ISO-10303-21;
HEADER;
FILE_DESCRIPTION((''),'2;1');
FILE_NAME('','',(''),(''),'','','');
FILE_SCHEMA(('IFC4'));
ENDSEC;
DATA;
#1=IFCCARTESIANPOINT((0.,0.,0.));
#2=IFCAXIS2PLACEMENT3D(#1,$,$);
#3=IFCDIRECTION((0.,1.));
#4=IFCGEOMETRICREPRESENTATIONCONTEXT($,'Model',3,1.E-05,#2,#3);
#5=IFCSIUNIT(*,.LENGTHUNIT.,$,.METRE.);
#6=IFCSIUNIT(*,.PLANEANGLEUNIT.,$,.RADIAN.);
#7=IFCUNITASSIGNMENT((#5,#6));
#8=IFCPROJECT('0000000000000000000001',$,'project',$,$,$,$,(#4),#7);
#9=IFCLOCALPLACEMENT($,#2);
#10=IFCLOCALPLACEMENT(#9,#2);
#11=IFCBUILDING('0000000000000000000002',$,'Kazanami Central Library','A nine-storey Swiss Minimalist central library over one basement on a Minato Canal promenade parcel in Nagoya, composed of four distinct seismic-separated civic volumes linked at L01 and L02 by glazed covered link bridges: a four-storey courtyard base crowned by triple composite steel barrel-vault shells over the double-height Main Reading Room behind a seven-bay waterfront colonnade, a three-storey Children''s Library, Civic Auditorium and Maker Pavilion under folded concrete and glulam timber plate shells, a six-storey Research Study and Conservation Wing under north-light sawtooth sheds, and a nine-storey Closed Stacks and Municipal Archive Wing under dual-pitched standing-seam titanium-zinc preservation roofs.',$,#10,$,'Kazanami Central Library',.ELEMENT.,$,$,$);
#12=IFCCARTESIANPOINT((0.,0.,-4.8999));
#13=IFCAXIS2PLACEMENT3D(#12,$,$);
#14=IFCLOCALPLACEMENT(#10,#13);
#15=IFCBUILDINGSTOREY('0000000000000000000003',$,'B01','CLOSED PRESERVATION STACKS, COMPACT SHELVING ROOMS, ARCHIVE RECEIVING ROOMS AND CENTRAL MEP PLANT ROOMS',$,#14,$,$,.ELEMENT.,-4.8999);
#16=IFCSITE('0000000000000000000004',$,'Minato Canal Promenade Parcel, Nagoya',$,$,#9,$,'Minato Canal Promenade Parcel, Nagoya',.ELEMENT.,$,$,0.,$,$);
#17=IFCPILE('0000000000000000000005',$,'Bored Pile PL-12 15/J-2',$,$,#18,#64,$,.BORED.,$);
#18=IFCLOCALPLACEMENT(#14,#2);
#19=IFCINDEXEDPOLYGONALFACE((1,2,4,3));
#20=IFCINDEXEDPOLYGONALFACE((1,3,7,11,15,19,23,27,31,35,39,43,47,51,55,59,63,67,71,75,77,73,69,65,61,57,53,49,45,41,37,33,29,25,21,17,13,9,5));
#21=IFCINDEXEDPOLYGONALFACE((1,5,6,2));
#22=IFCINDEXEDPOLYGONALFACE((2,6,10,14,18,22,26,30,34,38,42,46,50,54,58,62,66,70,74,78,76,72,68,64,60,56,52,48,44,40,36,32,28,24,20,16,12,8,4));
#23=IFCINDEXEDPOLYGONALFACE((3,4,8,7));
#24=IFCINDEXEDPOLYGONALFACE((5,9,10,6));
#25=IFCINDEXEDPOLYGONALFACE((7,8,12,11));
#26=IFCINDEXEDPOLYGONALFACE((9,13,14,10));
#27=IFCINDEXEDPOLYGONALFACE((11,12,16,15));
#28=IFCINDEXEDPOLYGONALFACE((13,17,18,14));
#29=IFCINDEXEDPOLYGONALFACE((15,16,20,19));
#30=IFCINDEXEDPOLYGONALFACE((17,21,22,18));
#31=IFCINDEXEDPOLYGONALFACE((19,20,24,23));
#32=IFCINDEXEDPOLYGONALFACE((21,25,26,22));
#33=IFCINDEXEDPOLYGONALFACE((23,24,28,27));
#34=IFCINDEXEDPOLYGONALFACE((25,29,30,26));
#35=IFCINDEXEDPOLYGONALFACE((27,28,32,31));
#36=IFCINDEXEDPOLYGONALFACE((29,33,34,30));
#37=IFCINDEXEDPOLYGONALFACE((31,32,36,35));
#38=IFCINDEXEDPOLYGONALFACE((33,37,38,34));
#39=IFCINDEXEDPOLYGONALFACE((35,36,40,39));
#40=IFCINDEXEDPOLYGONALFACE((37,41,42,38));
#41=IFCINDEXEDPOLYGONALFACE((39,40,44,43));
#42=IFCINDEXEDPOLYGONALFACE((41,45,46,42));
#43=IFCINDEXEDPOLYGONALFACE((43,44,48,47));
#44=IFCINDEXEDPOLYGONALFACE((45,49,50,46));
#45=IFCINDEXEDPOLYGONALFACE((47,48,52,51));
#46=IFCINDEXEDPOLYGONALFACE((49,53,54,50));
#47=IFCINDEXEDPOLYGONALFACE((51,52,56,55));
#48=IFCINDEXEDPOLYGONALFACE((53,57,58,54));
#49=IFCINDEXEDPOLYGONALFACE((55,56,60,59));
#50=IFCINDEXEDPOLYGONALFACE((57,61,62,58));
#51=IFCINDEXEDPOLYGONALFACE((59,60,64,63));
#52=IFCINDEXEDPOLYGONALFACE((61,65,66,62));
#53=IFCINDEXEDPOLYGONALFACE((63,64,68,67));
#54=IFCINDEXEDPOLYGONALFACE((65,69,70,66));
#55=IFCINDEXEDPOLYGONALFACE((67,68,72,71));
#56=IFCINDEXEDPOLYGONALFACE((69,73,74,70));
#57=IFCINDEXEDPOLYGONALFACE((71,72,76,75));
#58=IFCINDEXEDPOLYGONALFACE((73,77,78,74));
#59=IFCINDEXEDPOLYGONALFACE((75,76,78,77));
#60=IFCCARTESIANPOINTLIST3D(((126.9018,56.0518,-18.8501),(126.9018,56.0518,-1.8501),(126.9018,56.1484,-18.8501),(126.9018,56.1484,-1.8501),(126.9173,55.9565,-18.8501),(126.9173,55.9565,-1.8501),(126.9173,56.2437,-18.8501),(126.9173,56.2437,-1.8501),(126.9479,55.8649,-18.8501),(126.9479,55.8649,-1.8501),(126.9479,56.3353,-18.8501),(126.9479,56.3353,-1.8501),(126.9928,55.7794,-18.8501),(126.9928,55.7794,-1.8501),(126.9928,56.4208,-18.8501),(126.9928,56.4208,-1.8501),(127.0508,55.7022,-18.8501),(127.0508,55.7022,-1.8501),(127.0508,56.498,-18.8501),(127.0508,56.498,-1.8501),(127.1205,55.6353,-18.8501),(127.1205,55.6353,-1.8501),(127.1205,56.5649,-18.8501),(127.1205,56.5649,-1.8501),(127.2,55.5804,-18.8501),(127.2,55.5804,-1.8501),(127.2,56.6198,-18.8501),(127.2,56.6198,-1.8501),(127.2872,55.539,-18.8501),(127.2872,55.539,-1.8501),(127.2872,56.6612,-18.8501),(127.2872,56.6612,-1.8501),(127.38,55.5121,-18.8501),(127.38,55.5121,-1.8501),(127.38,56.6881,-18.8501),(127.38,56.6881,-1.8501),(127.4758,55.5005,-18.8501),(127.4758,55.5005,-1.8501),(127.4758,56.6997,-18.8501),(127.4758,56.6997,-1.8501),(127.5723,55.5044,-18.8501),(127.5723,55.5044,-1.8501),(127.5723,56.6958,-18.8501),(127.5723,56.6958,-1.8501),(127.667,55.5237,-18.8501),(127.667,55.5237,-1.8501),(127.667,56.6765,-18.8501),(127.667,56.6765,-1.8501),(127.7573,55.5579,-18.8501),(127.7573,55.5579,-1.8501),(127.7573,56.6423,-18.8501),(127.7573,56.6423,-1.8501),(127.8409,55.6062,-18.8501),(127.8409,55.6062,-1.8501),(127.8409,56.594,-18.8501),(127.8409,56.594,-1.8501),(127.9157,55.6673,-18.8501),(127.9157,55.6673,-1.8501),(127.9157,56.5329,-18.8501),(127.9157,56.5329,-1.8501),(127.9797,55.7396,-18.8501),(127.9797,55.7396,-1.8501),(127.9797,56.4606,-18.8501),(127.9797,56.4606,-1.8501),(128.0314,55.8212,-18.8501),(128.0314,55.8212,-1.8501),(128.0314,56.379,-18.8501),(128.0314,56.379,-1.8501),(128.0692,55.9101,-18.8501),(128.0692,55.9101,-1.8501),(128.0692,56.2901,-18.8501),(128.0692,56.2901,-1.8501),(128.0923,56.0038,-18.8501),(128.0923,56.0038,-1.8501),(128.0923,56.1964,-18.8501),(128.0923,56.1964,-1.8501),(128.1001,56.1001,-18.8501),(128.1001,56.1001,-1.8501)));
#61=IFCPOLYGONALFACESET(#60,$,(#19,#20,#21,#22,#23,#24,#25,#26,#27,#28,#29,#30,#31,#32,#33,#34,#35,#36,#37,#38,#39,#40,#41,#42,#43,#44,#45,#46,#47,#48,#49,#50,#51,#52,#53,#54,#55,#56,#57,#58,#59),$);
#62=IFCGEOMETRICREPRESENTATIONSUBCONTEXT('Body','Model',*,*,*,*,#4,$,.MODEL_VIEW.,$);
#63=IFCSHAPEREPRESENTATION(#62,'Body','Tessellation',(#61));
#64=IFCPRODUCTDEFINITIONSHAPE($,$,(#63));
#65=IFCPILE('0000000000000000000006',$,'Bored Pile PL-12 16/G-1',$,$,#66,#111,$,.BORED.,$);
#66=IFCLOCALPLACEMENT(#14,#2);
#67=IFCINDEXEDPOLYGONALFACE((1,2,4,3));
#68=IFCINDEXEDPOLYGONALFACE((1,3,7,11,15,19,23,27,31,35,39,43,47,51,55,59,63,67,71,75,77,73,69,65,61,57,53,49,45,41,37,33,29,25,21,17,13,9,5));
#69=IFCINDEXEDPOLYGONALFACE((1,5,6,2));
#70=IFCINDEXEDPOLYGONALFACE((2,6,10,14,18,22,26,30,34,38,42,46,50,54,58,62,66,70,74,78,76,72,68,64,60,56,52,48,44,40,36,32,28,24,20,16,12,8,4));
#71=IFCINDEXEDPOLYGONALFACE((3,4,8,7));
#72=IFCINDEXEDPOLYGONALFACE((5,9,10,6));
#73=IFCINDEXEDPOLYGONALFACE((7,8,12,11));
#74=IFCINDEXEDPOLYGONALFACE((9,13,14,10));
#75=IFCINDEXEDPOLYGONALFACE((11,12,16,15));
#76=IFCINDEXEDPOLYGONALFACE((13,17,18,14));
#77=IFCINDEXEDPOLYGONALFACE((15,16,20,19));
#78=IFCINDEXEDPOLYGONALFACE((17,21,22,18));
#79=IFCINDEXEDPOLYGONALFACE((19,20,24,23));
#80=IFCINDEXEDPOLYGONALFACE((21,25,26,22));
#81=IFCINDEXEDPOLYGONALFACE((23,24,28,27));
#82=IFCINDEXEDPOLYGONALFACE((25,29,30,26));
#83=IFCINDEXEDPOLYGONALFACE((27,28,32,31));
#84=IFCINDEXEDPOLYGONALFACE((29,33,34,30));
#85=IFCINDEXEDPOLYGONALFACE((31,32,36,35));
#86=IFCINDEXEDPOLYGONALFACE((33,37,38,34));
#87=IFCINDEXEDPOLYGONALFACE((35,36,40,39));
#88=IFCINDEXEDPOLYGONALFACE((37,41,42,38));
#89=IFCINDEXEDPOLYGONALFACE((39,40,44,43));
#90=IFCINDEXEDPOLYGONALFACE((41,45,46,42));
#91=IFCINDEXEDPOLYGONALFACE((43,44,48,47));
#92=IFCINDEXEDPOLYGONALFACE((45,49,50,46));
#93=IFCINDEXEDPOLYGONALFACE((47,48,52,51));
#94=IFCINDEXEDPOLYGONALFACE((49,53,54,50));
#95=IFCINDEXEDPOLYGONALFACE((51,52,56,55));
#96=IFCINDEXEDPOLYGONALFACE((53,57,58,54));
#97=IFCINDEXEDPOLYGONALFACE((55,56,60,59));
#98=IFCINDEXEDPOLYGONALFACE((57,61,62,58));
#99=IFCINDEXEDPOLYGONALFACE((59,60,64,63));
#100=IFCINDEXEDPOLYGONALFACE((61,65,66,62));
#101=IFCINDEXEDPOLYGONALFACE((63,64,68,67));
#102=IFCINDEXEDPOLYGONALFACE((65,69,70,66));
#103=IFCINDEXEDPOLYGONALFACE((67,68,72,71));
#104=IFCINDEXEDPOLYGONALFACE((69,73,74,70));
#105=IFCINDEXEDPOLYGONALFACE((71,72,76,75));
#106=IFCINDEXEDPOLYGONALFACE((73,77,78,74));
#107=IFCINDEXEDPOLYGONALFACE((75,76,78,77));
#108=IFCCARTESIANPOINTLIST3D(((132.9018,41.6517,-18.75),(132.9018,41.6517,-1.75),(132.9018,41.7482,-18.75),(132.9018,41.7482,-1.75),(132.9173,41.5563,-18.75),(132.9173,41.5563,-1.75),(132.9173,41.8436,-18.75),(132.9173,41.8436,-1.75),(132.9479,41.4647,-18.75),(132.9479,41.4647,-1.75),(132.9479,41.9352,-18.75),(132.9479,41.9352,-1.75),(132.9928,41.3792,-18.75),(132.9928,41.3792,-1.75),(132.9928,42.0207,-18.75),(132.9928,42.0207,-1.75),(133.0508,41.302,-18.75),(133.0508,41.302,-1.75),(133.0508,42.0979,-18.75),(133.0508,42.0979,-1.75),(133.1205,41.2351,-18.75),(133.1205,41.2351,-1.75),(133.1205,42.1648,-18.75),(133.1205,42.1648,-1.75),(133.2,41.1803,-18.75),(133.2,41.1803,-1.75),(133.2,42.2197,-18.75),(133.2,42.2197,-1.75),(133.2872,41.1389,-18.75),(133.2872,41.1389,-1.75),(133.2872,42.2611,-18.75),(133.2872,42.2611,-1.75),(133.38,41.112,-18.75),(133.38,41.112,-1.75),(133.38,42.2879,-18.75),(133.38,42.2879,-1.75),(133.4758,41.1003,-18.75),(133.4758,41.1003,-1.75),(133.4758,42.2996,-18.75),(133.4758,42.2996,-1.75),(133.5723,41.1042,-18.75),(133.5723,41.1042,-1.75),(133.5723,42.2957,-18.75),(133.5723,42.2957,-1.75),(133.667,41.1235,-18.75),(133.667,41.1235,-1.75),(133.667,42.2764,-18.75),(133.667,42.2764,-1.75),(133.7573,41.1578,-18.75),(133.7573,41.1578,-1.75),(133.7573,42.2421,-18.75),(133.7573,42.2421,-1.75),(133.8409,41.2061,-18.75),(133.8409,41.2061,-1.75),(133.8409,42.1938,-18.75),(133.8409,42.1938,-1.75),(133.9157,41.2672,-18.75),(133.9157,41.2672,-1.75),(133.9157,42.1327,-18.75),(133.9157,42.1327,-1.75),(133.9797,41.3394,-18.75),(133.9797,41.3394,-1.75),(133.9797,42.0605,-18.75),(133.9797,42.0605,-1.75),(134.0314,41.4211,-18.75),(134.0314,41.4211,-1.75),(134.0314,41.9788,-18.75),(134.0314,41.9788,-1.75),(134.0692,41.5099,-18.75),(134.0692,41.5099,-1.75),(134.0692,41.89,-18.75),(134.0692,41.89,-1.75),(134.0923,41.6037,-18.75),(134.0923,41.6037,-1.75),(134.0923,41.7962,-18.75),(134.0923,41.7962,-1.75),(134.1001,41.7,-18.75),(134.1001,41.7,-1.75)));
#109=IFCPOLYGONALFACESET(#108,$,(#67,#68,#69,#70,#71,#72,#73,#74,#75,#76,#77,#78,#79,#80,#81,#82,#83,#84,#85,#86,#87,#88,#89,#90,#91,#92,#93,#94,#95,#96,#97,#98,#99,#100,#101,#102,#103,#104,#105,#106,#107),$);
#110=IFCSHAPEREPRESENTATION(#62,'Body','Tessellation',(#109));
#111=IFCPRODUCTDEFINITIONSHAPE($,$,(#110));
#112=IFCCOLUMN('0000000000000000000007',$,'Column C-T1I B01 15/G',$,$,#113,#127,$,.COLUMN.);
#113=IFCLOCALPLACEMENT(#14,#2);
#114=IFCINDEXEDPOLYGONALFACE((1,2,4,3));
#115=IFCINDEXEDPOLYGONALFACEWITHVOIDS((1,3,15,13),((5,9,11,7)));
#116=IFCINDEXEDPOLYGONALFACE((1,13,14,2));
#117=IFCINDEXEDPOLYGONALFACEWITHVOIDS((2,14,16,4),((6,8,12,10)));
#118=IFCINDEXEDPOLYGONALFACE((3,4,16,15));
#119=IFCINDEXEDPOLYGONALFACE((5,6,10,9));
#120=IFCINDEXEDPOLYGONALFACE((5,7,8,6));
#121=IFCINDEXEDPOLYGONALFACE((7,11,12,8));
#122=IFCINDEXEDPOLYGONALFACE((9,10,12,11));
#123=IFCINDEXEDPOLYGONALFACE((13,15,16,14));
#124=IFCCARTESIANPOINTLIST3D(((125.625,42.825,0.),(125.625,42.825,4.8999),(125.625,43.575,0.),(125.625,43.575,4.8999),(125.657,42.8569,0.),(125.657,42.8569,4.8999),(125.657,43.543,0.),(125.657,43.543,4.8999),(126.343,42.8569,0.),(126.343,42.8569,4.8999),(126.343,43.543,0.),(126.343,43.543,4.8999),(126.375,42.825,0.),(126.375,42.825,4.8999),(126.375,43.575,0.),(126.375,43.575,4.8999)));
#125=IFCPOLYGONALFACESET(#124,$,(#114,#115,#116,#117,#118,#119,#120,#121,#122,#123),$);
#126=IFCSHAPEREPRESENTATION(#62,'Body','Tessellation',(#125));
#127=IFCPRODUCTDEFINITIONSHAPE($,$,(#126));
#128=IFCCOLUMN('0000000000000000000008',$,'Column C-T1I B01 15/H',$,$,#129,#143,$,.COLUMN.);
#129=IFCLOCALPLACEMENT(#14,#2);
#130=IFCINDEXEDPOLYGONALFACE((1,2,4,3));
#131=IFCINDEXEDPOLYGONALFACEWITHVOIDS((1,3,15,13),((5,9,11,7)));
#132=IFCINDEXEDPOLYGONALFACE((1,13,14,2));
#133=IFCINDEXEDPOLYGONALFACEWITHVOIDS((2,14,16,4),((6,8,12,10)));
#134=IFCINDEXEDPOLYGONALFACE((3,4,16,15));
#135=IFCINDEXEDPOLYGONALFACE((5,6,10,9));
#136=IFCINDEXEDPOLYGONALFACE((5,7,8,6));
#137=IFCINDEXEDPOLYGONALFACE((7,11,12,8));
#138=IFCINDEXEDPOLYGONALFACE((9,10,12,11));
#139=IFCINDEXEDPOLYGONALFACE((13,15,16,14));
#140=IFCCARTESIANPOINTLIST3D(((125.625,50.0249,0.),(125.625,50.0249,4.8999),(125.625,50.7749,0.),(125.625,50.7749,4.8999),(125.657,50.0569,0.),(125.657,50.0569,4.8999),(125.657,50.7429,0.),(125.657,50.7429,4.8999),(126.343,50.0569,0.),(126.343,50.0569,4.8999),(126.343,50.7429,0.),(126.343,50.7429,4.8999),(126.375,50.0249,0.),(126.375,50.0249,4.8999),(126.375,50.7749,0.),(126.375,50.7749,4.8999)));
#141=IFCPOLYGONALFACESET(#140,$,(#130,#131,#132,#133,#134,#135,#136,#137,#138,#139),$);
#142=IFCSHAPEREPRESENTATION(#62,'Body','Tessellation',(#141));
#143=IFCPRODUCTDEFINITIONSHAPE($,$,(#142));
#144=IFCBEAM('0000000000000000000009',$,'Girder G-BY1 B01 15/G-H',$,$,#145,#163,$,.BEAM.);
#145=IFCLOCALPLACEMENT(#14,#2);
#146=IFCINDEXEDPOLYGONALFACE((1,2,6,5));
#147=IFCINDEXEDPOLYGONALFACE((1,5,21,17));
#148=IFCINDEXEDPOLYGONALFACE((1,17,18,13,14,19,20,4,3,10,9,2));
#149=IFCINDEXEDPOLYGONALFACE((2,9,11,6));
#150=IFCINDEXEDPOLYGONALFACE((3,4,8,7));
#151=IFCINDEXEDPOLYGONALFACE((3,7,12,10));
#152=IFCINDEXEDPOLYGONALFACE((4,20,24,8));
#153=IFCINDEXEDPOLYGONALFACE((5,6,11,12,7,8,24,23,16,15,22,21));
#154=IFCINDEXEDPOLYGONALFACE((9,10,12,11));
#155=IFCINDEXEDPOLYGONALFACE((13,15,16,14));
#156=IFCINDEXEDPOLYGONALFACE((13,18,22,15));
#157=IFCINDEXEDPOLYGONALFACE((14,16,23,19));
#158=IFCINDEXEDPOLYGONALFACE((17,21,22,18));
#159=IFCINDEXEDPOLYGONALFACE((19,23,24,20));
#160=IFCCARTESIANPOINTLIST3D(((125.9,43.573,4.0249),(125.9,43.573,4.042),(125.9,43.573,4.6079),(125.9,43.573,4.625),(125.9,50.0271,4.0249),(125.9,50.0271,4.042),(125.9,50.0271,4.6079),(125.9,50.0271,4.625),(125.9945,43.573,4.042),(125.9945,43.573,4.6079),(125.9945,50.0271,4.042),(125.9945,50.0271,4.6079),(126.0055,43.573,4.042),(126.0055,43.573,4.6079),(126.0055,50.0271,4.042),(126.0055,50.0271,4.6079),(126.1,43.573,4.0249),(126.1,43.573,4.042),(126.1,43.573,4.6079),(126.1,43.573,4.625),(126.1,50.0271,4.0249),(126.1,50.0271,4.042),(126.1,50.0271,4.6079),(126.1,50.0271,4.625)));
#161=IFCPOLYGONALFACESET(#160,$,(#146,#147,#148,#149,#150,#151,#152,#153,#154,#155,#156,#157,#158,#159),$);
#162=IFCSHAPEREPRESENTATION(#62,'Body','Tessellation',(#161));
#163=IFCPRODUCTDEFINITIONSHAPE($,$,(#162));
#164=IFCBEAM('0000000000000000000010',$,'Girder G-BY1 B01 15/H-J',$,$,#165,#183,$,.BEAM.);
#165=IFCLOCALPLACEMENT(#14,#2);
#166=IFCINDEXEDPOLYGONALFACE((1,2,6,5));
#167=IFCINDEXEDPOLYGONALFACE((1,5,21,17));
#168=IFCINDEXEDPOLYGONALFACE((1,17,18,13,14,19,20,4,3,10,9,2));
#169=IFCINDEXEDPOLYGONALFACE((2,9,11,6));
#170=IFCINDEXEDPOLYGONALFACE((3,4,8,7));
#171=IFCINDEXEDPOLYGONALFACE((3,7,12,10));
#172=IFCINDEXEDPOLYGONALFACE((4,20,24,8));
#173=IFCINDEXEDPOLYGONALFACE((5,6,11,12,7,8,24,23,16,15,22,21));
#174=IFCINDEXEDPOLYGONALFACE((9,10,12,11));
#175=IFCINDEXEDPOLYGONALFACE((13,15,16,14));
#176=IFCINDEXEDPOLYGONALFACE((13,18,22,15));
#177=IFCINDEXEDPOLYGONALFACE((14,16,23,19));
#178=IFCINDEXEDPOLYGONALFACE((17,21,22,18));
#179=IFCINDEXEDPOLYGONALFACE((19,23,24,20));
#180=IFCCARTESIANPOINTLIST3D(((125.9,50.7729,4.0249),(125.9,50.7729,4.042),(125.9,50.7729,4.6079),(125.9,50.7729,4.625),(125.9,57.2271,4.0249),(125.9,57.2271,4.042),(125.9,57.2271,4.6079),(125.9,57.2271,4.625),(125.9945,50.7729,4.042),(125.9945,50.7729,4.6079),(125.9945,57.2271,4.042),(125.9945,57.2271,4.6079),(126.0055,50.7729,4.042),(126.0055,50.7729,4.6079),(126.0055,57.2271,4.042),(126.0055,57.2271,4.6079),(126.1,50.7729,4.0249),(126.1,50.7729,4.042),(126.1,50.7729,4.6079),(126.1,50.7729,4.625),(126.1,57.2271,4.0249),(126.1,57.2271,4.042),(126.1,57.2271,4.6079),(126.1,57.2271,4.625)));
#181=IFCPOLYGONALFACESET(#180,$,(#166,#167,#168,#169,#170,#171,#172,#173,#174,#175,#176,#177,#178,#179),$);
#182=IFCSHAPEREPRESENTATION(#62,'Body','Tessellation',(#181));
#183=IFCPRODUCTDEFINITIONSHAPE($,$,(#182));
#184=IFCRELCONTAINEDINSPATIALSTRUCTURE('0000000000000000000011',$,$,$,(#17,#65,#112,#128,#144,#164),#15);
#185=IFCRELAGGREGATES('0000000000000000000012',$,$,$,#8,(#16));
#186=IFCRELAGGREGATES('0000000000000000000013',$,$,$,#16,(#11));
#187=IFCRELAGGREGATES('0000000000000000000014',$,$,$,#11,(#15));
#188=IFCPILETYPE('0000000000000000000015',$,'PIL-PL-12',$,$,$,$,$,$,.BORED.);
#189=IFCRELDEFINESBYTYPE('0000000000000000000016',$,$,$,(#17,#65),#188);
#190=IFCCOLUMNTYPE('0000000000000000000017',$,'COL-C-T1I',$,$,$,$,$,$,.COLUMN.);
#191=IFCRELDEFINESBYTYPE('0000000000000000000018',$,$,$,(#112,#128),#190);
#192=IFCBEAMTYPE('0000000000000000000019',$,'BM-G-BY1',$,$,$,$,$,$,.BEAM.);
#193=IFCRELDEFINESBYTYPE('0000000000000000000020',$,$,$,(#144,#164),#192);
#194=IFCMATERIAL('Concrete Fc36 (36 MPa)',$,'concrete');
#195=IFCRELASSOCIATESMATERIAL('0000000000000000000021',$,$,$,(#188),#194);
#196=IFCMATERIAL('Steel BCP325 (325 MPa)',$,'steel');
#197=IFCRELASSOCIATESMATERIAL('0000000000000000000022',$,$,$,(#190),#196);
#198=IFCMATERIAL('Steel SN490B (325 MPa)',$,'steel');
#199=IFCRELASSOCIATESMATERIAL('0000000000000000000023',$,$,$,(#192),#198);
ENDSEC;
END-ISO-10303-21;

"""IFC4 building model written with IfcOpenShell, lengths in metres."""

from ifc_helpers import new_model, si_unit, direction, frame, origin, origin_2d, place, context, subcontext, project, spatial, hollow_rectangle, circle, i_section, extrude, material, material_profile, profile_set, type_object, element, save


model = new_model("IFC4")

# Units and contexts
model_context = context("Model", 3, precision=1e-05, world=origin(), true_north=direction((0.0, 1.0)))
body_context = subcontext(model_context, "Body", "Model", "MODEL_VIEW")
ifc_project = project(units=[si_unit("LENGTHUNIT", "METRE"), si_unit("PLANEANGLEUNIT", "RADIAN")], contexts=[model_context])

# Site, building, storey
site_placement = place(None, origin())
site = spatial("IfcSite", under=ifc_project, at=site_placement, Name="Minato Canal Promenade Parcel, Nagoya", LongName="Minato Canal Promenade Parcel, Nagoya", CompositionType="ELEMENT", RefElevation=0.0)
building_placement = place(site_placement, origin())
building = spatial("IfcBuilding", under=site, at=building_placement, Name="Kazanami Central Library", Description="A nine-storey Swiss Minimalist central library over one basement on a Minato Canal promenade parcel in Nagoya, composed of four distinct seismic-separated civic volumes linked at L01 and L02 by glazed covered link bridges: a four-storey courtyard base crowned by triple composite steel barrel-vault shells over the double-height Main Reading Room behind a seven-bay waterfront colonnade, a three-storey Children's Library, Civic Auditorium and Maker Pavilion under folded concrete and glulam timber plate shells, a six-storey Research Study and Conservation Wing under north-light sawtooth sheds, and a nine-storey Closed Stacks and Municipal Archive Wing under dual-pitched standing-seam titanium-zinc preservation roofs.", LongName="Kazanami Central Library", CompositionType="ELEMENT")
storey_placement = place(building_placement, frame((0.0, 0.0, -4.8999)))
storey = spatial("IfcBuildingStorey", under=building, at=storey_placement, Name="B01", Description="CLOSED PRESERVATION STACKS, COMPACT SHELVING ROOMS, ARCHIVE RECEIVING ROOMS AND CENTRAL MEP PLANT ROOMS", CompositionType="ELEMENT", Elevation=-4.8999)

# Shared definitions
ifc_material_1 = material(Name="Concrete Fc36 (36 MPa)", Category="concrete")

# Piles
ifc_material_profile_1 = material_profile(ifc_material_1, circle(Radius=0.6001, at=origin_2d()), Name="BORED-D1200")
ifc_profile_set_1 = profile_set([ifc_material_profile_1], Name="Concrete Fc36 (36 MPa)")
pile_type = type_object("IfcPileType", Name="PIL-PL-12", PredefinedType="BORED", material=ifc_profile_set_1)
for number, where, z_axis, x_axis, name in (
    (1, (127.5, 56.1001, -1.8501), (0.0, 0.0, -1.0), (1.0, 0.0, 0.0), "Bored Pile PL-12 15/J-2"),
    (2, (133.5, 41.7, -1.75), (0.0, 0.0, -1.0), (1.0, 0.0, 0.0), "Bored Pile PL-12 16/G-1"),
):
    element("IfcPile", number, at=place(storey_placement, frame(where, z_axis=z_axis, x_axis=x_axis)), inside=storey, type_object=pile_type, Name=name, PredefinedType="BORED", context=body_context, shape_type="SweptSolid", body=[
        extrude(circle(Radius=0.6001, at=origin_2d()), origin(), (0.0, 0.0, 1.0), 17.0),
    ])

# Columns
ifc_material_2 = material(Name="Steel BCP325 (325 MPa)", Category="steel")
ifc_material_profile_2 = material_profile(ifc_material_2, hollow_rectangle(XDim=0.75, YDim=0.75, WallThickness=0.032, at=origin_2d()), Name="BCP-750x750x32")
ifc_profile_set_2 = profile_set([ifc_material_profile_2], Name="Steel BCP325 (325 MPa)")
column_type = type_object("IfcColumnType", Name="COL-C-T1I", PredefinedType="COLUMN", material=ifc_profile_set_2)
for number, where, z_axis, x_axis, name in (
    (3, (126.0, 43.2, 0.0), (0.0, 0.0, 1.0), (1.0, 0.0, 0.0), "Column C-T1I B01 15/G"),
    (4, (126.0, 50.3999, 0.0), (0.0, 0.0, 1.0), (1.0, 0.0, 0.0), "Column C-T1I B01 15/H"),
):
    element("IfcColumn", number, at=place(storey_placement, frame(where, z_axis=z_axis, x_axis=x_axis)), inside=storey, type_object=column_type, Name=name, PredefinedType="COLUMN", context=body_context, shape_type="SweptSolid", body=[
        extrude(hollow_rectangle(XDim=0.75, YDim=0.75, WallThickness=0.032, at=origin_2d()), origin(), (0.0, 0.0, 1.0), 4.8999),
    ])

# Beams
ifc_material_3 = material(Name="Steel SN490B (325 MPa)", Category="steel")
ifc_material_profile_3 = material_profile(ifc_material_3, i_section(OverallWidth=0.2, OverallDepth=0.6001, WebThickness=0.011, FlangeThickness=0.0171, at=origin_2d()), Name="H-600x200x11x17")
ifc_profile_set_3 = profile_set([ifc_material_profile_3], Name="Steel SN490B (325 MPa)")
beam_type_1 = type_object("IfcBeamType", Name="BM-G-BY1", PredefinedType="BEAM", material=ifc_profile_set_3)
for number, where, z_axis, x_axis, name in (
    (5, (126.0, 43.573, 4.325), (0.0, 1.0, 0.0), (-1.0, 0.0, 0.0), "Girder G-BY1 B01 15/G-H"),
    (6, (126.0, 50.7729, 4.325), (0.0, 1.0, 0.0), (-1.0, 0.0, 0.0), "Girder G-BY1 B01 15/H-J"),
):
    element("IfcBeam", number, at=place(storey_placement, frame(where, z_axis=z_axis, x_axis=x_axis)), inside=storey, type_object=beam_type_1, Name=name, PredefinedType="BEAM", context=body_context, shape_type="SweptSolid", body=[
        extrude(i_section(OverallWidth=0.2, OverallDepth=0.6001, WebThickness=0.011, FlangeThickness=0.0171, at=origin_2d()), origin(), (0.0, 0.0, 1.0), 6.4541),
    ])

save(model, "model.ifc")
